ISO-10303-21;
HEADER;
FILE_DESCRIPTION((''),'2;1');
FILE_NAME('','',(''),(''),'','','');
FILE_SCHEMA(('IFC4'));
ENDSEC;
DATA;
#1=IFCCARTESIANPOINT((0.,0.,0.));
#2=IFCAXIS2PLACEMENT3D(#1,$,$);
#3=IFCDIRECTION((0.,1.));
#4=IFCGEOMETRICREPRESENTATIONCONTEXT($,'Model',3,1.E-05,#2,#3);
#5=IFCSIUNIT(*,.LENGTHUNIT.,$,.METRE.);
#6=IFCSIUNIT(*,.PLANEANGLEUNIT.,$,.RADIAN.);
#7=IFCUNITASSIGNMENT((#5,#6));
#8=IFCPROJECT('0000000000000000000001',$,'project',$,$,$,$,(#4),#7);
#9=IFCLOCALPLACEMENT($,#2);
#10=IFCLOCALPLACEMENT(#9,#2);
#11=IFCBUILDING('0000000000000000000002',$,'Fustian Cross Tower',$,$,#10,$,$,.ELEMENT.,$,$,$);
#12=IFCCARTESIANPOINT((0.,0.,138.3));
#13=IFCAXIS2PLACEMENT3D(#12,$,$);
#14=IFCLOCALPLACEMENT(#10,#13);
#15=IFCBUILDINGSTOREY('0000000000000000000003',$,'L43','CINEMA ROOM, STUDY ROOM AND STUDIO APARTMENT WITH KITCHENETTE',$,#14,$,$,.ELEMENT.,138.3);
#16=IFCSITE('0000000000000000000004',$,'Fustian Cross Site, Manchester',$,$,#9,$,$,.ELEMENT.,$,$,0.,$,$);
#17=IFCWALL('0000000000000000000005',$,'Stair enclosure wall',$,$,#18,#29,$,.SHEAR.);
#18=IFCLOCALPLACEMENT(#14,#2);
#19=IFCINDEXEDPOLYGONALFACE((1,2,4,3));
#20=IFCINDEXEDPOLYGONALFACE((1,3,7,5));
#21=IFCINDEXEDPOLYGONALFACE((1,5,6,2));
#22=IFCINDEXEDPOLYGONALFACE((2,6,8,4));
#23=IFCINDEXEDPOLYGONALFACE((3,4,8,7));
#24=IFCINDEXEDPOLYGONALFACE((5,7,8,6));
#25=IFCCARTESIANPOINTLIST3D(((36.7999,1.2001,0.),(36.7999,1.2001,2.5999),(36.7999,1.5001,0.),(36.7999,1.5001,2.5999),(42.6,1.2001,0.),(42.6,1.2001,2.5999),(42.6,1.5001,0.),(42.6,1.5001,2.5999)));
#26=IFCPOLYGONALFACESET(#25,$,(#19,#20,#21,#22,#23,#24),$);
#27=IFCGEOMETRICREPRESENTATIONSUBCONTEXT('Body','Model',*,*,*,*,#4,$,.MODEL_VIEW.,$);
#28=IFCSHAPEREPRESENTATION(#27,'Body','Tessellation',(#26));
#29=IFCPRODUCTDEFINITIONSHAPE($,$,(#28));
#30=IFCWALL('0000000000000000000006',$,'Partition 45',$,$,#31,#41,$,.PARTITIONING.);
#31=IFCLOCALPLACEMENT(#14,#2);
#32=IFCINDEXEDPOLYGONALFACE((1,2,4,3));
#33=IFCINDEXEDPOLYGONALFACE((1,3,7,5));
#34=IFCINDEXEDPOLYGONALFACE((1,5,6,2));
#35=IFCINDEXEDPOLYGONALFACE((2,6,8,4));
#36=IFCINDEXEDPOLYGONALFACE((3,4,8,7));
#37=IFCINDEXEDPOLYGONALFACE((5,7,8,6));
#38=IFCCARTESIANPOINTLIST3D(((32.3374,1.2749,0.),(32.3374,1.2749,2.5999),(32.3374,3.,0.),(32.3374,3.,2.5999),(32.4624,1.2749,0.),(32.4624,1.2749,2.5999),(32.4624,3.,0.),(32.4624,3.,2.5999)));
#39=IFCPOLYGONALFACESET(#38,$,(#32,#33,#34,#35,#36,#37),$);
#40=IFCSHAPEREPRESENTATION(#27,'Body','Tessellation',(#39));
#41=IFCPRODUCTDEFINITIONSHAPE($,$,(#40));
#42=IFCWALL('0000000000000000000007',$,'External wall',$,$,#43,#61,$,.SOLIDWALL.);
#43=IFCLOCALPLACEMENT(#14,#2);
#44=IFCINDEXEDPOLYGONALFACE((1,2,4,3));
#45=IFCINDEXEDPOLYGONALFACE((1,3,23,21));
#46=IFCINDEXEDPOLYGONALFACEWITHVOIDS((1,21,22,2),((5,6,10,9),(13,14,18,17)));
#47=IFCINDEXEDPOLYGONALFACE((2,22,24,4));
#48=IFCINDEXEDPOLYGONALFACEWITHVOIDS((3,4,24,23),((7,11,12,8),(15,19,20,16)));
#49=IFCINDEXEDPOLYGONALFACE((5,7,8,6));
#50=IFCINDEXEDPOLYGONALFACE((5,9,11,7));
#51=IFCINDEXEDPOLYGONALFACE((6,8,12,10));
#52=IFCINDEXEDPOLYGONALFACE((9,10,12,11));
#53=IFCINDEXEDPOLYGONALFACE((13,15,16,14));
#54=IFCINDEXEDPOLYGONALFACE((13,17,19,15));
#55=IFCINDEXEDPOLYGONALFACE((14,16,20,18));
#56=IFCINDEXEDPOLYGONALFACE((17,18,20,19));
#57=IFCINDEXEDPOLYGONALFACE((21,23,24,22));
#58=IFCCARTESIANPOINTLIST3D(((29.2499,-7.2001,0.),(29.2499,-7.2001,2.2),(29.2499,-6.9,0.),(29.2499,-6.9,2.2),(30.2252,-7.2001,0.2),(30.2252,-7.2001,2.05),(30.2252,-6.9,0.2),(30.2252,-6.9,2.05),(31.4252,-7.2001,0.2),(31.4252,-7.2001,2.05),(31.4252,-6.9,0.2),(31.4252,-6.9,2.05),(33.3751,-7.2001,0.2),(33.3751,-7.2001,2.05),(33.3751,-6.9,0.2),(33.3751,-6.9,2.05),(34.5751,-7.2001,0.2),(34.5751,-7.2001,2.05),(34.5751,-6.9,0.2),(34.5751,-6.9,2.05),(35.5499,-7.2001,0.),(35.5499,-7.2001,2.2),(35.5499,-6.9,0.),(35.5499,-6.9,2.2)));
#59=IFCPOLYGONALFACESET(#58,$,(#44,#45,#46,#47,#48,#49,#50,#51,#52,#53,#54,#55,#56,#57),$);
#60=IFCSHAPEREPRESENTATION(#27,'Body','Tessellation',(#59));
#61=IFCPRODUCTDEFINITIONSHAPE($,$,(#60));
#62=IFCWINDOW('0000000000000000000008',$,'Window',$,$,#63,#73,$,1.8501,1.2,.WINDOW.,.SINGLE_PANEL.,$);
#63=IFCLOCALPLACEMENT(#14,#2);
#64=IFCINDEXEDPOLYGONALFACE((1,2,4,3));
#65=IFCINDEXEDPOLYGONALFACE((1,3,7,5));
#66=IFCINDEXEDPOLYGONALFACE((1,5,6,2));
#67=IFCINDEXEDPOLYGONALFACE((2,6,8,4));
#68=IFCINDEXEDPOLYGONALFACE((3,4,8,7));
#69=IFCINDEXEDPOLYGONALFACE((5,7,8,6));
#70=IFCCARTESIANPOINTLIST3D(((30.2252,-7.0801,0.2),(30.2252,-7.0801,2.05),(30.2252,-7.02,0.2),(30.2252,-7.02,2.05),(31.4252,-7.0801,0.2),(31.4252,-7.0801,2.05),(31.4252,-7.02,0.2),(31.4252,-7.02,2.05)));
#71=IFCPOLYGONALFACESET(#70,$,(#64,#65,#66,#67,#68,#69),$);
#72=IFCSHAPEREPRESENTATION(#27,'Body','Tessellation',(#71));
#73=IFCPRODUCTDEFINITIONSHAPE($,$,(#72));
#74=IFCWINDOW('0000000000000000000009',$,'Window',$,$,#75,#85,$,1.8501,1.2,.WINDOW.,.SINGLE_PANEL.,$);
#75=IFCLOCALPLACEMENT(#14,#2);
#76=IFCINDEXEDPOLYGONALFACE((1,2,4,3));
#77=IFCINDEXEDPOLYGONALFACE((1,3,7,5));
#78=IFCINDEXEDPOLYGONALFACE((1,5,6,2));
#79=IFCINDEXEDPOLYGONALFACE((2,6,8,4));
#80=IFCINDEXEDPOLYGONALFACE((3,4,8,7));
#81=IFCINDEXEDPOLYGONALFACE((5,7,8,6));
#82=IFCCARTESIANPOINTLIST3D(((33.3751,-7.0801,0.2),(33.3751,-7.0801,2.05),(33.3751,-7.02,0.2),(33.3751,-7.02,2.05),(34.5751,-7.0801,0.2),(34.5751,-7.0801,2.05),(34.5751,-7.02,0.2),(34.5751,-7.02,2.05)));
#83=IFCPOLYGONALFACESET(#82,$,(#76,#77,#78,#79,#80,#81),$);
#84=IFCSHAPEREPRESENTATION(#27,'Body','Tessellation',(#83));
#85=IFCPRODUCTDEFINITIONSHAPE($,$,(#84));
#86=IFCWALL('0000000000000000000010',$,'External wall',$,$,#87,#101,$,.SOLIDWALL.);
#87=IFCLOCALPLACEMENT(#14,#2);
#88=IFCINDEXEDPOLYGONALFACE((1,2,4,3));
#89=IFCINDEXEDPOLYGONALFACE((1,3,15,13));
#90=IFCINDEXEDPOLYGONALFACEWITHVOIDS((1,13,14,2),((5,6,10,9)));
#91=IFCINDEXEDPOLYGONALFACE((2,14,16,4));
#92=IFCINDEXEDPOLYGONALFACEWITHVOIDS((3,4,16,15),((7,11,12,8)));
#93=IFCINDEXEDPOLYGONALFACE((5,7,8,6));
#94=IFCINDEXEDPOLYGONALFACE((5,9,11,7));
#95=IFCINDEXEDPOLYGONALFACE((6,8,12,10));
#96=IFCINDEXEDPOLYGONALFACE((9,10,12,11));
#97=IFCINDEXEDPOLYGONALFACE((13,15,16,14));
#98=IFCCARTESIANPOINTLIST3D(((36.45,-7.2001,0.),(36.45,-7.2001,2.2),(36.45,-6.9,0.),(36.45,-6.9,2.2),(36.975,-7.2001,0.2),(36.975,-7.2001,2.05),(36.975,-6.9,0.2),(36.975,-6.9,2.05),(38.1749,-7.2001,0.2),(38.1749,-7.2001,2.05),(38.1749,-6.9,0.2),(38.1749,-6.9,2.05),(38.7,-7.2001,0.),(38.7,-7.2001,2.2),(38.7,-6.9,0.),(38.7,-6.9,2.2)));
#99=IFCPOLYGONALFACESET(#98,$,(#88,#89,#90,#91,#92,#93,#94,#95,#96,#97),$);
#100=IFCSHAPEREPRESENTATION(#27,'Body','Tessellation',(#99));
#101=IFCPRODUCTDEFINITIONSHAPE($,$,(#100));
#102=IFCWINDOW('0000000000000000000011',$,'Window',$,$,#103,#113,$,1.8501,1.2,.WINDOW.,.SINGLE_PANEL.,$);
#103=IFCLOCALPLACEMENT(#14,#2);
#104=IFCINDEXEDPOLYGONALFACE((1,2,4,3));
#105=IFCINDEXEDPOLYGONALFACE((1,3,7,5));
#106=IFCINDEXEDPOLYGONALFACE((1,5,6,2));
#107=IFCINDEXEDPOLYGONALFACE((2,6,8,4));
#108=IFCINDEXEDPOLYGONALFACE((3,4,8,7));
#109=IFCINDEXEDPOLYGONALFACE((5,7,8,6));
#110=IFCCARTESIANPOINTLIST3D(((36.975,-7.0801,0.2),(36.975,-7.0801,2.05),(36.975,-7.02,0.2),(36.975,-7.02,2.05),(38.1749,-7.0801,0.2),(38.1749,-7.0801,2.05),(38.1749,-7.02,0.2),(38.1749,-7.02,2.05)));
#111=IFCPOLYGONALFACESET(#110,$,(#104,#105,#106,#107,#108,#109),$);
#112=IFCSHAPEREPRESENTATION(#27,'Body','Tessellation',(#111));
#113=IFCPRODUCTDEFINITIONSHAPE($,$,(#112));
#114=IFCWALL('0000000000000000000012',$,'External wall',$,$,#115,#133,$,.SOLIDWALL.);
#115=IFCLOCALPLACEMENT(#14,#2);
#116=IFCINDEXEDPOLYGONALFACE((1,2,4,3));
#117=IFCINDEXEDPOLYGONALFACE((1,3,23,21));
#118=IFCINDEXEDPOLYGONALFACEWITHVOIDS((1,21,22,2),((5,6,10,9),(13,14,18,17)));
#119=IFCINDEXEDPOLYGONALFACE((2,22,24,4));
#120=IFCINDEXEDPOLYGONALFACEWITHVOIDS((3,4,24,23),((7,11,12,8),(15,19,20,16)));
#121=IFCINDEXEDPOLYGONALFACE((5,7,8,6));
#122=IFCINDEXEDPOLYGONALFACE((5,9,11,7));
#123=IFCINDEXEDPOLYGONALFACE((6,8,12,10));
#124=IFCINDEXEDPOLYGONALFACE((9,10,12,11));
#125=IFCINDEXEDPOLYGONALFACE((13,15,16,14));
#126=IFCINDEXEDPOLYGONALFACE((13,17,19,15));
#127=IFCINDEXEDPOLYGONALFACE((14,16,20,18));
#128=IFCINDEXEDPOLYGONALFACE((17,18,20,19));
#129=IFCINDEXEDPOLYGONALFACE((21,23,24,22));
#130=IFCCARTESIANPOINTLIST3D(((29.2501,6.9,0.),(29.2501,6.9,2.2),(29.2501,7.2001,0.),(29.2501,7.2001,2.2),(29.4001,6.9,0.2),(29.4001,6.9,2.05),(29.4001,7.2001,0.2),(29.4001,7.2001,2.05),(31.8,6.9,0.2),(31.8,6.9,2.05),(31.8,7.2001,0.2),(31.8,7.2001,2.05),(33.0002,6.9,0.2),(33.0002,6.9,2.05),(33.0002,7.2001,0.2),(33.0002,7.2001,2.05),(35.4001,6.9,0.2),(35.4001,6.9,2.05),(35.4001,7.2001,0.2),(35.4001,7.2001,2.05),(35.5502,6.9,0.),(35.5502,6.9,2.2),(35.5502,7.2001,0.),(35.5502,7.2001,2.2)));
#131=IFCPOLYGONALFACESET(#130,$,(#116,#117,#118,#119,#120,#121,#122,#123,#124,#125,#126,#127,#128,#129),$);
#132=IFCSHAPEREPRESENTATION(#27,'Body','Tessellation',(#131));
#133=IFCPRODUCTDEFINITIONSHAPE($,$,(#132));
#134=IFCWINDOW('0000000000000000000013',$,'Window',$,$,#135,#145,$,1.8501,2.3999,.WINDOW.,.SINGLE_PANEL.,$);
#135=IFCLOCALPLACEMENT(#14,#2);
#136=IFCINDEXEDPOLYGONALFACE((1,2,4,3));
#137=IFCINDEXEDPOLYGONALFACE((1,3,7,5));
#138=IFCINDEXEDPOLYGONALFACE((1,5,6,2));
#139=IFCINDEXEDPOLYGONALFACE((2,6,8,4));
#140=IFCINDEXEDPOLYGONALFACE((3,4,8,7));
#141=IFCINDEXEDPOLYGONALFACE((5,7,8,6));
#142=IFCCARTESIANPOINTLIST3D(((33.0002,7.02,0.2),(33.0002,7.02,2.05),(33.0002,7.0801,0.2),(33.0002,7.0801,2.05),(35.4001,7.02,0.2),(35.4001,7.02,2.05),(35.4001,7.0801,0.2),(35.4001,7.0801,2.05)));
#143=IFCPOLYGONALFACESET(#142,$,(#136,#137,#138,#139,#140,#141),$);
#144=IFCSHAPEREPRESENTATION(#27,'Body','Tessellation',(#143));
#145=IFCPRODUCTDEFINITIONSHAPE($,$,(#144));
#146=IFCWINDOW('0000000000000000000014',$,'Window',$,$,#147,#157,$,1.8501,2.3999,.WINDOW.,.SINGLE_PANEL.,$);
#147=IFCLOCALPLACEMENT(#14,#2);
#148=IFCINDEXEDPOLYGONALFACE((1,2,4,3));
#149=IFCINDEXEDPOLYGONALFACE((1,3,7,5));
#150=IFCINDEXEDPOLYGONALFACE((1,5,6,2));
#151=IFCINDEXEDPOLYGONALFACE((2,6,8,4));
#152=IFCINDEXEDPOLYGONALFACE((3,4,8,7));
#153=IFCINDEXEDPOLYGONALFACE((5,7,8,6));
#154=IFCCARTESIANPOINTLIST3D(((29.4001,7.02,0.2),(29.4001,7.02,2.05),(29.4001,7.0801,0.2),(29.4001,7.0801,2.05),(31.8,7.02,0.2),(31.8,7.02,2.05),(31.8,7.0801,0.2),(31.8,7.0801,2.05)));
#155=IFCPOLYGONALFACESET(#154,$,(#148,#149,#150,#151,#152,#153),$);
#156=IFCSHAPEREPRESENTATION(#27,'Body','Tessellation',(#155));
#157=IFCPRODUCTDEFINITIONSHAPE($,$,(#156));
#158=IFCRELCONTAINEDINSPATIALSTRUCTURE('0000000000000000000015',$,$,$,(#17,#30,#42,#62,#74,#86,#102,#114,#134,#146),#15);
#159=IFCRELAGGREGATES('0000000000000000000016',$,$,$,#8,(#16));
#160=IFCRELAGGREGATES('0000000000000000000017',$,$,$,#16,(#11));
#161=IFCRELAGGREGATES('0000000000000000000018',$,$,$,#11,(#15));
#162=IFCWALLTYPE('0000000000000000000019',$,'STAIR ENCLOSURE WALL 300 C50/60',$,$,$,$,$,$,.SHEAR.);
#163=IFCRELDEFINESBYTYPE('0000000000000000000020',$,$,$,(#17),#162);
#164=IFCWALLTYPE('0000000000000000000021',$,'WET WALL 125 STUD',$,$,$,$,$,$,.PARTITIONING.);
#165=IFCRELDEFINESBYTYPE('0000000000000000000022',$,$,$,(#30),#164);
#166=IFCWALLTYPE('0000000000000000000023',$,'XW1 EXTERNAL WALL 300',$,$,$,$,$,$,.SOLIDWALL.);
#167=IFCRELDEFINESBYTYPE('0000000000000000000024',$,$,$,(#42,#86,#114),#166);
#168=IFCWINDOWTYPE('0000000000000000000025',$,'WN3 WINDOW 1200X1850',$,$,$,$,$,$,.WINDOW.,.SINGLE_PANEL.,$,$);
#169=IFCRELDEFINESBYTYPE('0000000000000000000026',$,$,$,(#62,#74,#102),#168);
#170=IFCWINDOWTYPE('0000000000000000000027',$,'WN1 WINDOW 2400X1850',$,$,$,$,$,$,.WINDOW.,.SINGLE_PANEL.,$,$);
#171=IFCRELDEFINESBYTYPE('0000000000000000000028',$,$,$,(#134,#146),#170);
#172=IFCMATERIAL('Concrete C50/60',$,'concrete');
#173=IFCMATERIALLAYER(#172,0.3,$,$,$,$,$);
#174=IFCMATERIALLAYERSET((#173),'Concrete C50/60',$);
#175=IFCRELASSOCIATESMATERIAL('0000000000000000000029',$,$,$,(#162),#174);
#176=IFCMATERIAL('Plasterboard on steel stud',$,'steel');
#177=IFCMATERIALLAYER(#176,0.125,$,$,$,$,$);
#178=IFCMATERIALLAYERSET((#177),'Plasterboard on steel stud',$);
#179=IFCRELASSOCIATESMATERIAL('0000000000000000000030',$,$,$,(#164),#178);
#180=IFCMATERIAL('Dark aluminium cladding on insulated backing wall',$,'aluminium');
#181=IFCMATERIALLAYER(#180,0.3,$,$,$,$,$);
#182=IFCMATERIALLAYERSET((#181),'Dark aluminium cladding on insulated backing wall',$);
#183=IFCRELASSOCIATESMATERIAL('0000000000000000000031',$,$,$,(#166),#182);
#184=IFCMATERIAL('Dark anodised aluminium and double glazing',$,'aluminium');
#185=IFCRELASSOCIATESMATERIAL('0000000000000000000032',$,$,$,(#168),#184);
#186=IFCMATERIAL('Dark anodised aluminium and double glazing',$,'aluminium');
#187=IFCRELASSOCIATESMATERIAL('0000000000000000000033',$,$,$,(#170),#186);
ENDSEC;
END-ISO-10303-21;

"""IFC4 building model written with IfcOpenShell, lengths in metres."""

from ifc_helpers import new_model, si_unit, direction, frame, frame_2d, origin, place, context, subcontext, project, spatial, rectangle, extrude, material, layer, layer_set, type_object, element, fill, save


model = new_model("IFC4")

# Units and contexts
model_context = context("Model", 3, precision=1e-05, world=origin(), true_north=direction((0.0, 1.0)))
body_context = subcontext(model_context, "Body", "Model", "MODEL_VIEW")
ifc_project = project(units=[si_unit("LENGTHUNIT", "METRE"), si_unit("PLANEANGLEUNIT", "RADIAN")], contexts=[model_context])

# Site, building, storey
site_placement = place(None, origin())
site = spatial("IfcSite", under=ifc_project, at=site_placement, Name="Fustian Cross Site, Manchester", CompositionType="ELEMENT", RefElevation=0.0)
building_placement = place(site_placement, origin())
building = spatial("IfcBuilding", under=site, at=building_placement, Name="Fustian Cross Tower", CompositionType="ELEMENT")
storey_placement = place(building_placement, frame((0.0, 0.0, 138.3)))
storey = spatial("IfcBuildingStorey", under=building, at=storey_placement, Name="L43", Description="CINEMA ROOM, STUDY ROOM AND STUDIO APARTMENT WITH KITCHENETTE", CompositionType="ELEMENT", Elevation=138.3)

# Shared definitions
ifc_material_1 = material(Name="Concrete C50/60", Category="concrete")
ifc_layer_1 = layer(ifc_material_1, 0.3)
ifc_layer_set_1 = layer_set([ifc_layer_1], Name="Concrete C50/60")
wall_type_1 = type_object("IfcWallType", Name="STAIR ENCLOSURE WALL 300 C50/60", PredefinedType="SHEAR", material=ifc_layer_set_1)

# Walls
for number, where, z_axis, x_axis, name in (
    (1, (36.8, 1.3501, 0.0), (0.0, 0.0, 1.0), (1.0, 0.0, 0.0), "Stair enclosure wall"),
):
    element("IfcWall", number, at=place(storey_placement, frame(where, z_axis=z_axis, x_axis=x_axis)), inside=storey, type_object=wall_type_1, Name=name, PredefinedType="SHEAR", context=body_context, shape_type="SweptSolid", body=[
        extrude(rectangle(XDim=5.8, YDim=0.3, at=frame_2d((2.8999, 0.0))), origin(), (0.0, 0.0, 1.0), 2.5999),
    ])
ifc_material_2 = material(Name="Plasterboard on steel stud", Category="steel")
ifc_layer_2 = layer(ifc_material_2, 0.125)
ifc_layer_set_2 = layer_set([ifc_layer_2], Name="Plasterboard on steel stud")
wall_type_2 = type_object("IfcWallType", Name="WET WALL 125 STUD", PredefinedType="PARTITIONING", material=ifc_layer_set_2)
wall_1_placement = place(storey_placement, frame((32.3999, 1.2749, 0.0), z_axis=(0.0, 0.0, 1.0), x_axis=(0.0, 1.0, 0.0)))
element("IfcWall", 2, at=wall_1_placement, inside=storey, type_object=wall_type_2, Name="Partition 45", PredefinedType="PARTITIONING", context=body_context, shape_type="SweptSolid", body=[
    extrude(rectangle(XDim=1.7251, YDim=0.125, at=frame_2d((0.8625, 0.0))), origin(), (0.0, 0.0, 1.0), 2.5999),
])

# Wall, openings, windows
ifc_material_3 = material(Name="Dark aluminium cladding on insulated backing wall", Category="aluminium")
ifc_layer_3 = layer(ifc_material_3, 0.3)
ifc_layer_set_3 = layer_set([ifc_layer_3], Name="Dark aluminium cladding on insulated backing wall")
wall_type_3 = type_object("IfcWallType", Name="XW1 EXTERNAL WALL 300", PredefinedType="SOLIDWALL", material=ifc_layer_set_3)
wall_2_placement = place(storey_placement, frame((29.25, -7.05, 0.0), z_axis=(0.0, 0.0, 1.0), x_axis=(1.0, 0.0, 0.0)))
wall_2 = element("IfcWall", 3, at=wall_2_placement, inside=storey, type_object=wall_type_3, Name="External wall", PredefinedType="SOLIDWALL", context=body_context, shape_type="SweptSolid", body=[
    extrude(rectangle(XDim=6.3, YDim=0.3, at=frame_2d((3.1499, 0.0))), origin(), (0.0, 0.0, 1.0), 2.2),
])
opening_1_placement = place(wall_2_placement, frame((0.9751, 0.0, 0.2)))
opening_1 = element("IfcOpeningElement", 4, at=opening_1_placement, cuts=wall_2, PredefinedType="OPENING", context=body_context, shape_type="SweptSolid", body=[
    extrude(rectangle(XDim=1.2, YDim=1.8501, at=frame_2d((0.6001, 0.925))), frame((0.0, 0.1599, 0.0), z_axis=(0.0, -1.0, 0.0), x_axis=(1.0, 0.0, 0.0)), (0.0, 0.0, 1.0), 0.3201),
])
opening_2_placement = place(wall_2_placement, frame((4.125, 0.0, 0.2)))
opening_2 = element("IfcOpeningElement", 5, at=opening_2_placement, cuts=wall_2, PredefinedType="OPENING", context=body_context, shape_type="SweptSolid", body=[
    extrude(rectangle(XDim=1.2, YDim=1.8501, at=frame_2d((0.6001, 0.925))), frame((0.0, 0.1599, 0.0), z_axis=(0.0, -1.0, 0.0), x_axis=(1.0, 0.0, 0.0)), (0.0, 0.0, 1.0), 0.3201),
])
ifc_material_4 = material(Name="Dark anodised aluminium and double glazing", Category="aluminium")
window_type_1 = type_object("IfcWindowType", Name="WN3 WINDOW 1200X1850", PartitioningType="SINGLE_PANEL", PredefinedType="WINDOW", material=ifc_material_4)
window_1_placement = place(opening_1_placement, origin())
window_1 = element("IfcWindow", 6, at=window_1_placement, inside=storey, type_object=window_type_1, Name="Window", OverallHeight=1.8501, OverallWidth=1.2, PartitioningType="SINGLE_PANEL", PredefinedType="WINDOW", context=body_context, shape_type="SweptSolid", body=[
    extrude(rectangle(XDim=1.2, YDim=1.8501, at=frame_2d((0.6001, 0.925))), frame((0.0, 0.03, 0.0), z_axis=(0.0, -1.0, 0.0), x_axis=(1.0, 0.0, 0.0)), (0.0, 0.0, 1.0), 0.0601),
])
fill(opening_1, window_1)
window_2_placement = place(opening_2_placement, origin())
window_2 = element("IfcWindow", 7, at=window_2_placement, inside=storey, type_object=window_type_1, Name="Window", OverallHeight=1.8501, OverallWidth=1.2, PartitioningType="SINGLE_PANEL", PredefinedType="WINDOW", context=body_context, shape_type="SweptSolid", body=[
    extrude(rectangle(XDim=1.2, YDim=1.8501, at=frame_2d((0.6001, 0.925))), frame((0.0, 0.03, 0.0), z_axis=(0.0, -1.0, 0.0), x_axis=(1.0, 0.0, 0.0)), (0.0, 0.0, 1.0), 0.0601),
])
fill(opening_2, window_2)

# Wall, opening, window
wall_3_placement = place(storey_placement, frame((36.45, -7.05, 0.0), z_axis=(0.0, 0.0, 1.0), x_axis=(1.0, 0.0, 0.0)))
wall_3 = element("IfcWall", 8, at=wall_3_placement, inside=storey, type_object=wall_type_3, Name="External wall", PredefinedType="SOLIDWALL", context=body_context, shape_type="SweptSolid", body=[
    extrude(rectangle(XDim=2.25, YDim=0.3, at=frame_2d((1.125, 0.0))), origin(), (0.0, 0.0, 1.0), 2.2),
])
opening_3_placement = place(wall_3_placement, frame((0.5249, 0.0, 0.2)))
opening_3 = element("IfcOpeningElement", 9, at=opening_3_placement, cuts=wall_3, PredefinedType="OPENING", context=body_context, shape_type="SweptSolid", body=[
    extrude(rectangle(XDim=1.2, YDim=1.8501, at=frame_2d((0.6001, 0.925))), frame((0.0, 0.1599, 0.0), z_axis=(0.0, -1.0, 0.0), x_axis=(1.0, 0.0, 0.0)), (0.0, 0.0, 1.0), 0.3201),
])
window_3_placement = place(opening_3_placement, origin())
window_3 = element("IfcWindow", 10, at=window_3_placement, inside=storey, type_object=window_type_1, Name="Window", OverallHeight=1.8501, OverallWidth=1.2, PartitioningType="SINGLE_PANEL", PredefinedType="WINDOW", context=body_context, shape_type="SweptSolid", body=[
    extrude(rectangle(XDim=1.2, YDim=1.8501, at=frame_2d((0.6001, 0.925))), frame((0.0, 0.03, 0.0), z_axis=(0.0, -1.0, 0.0), x_axis=(1.0, 0.0, 0.0)), (0.0, 0.0, 1.0), 0.0601),
])
fill(opening_3, window_3)

# Wall, openings, windows
wall_4_placement = place(storey_placement, frame((35.55, 7.05, 0.0), z_axis=(0.0, 0.0, 1.0), x_axis=(-1.0, 0.0, 0.0)))
wall_4 = element("IfcWall", 11, at=wall_4_placement, inside=storey, type_object=wall_type_3, Name="External wall", PredefinedType="SOLIDWALL", context=body_context, shape_type="SweptSolid", body=[
    extrude(rectangle(XDim=6.3, YDim=0.3, at=frame_2d((3.1499, 0.0))), origin(), (0.0, 0.0, 1.0), 2.2),
])
opening_4_placement = place(wall_4_placement, frame((0.1499, 0.0, 0.2)))
opening_4 = element("IfcOpeningElement", 12, at=opening_4_placement, cuts=wall_4, PredefinedType="OPENING", context=body_context, shape_type="SweptSolid", body=[
    extrude(rectangle(XDim=2.3999, YDim=1.8501, at=frame_2d((1.2, 0.925))), frame((0.0, 0.1599, 0.0), z_axis=(0.0, -1.0, 0.0), x_axis=(1.0, 0.0, 0.0)), (0.0, 0.0, 1.0), 0.3201),
])
opening_5_placement = place(wall_4_placement, frame((3.75, 0.0, 0.2)))
opening_5 = element("IfcOpeningElement", 13, at=opening_5_placement, cuts=wall_4, PredefinedType="OPENING", context=body_context, shape_type="SweptSolid", body=[
    extrude(rectangle(XDim=2.3999, YDim=1.8501, at=frame_2d((1.2, 0.925))), frame((0.0, 0.1599, 0.0), z_axis=(0.0, -1.0, 0.0), x_axis=(1.0, 0.0, 0.0)), (0.0, 0.0, 1.0), 0.3201),
])
ifc_material_5 = material(Name="Dark anodised aluminium and double glazing", Category="aluminium")
window_type_2 = type_object("IfcWindowType", Name="WN1 WINDOW 2400X1850", PartitioningType="SINGLE_PANEL", PredefinedType="WINDOW", material=ifc_material_5)
window_4_placement = place(opening_4_placement, origin())
window_4 = element("IfcWindow", 14, at=window_4_placement, inside=storey, type_object=window_type_2, Name="Window", OverallHeight=1.8501, OverallWidth=2.3999, PartitioningType="SINGLE_PANEL", PredefinedType="WINDOW", context=body_context, shape_type="SweptSolid", body=[
    extrude(rectangle(XDim=2.3999, YDim=1.8501, at=frame_2d((1.2, 0.925))), frame((0.0, 0.03, 0.0), z_axis=(0.0, -1.0, 0.0), x_axis=(1.0, 0.0, 0.0)), (0.0, 0.0, 1.0), 0.0601),
])
fill(opening_4, window_4)
window_5_placement = place(opening_5_placement, origin())
window_5 = element("IfcWindow", 15, at=window_5_placement, inside=storey, type_object=window_type_2, Name="Window", OverallHeight=1.8501, OverallWidth=2.3999, PartitioningType="SINGLE_PANEL", PredefinedType="WINDOW", context=body_context, shape_type="SweptSolid", body=[
    extrude(rectangle(XDim=2.3999, YDim=1.8501, at=frame_2d((1.2, 0.925))), frame((0.0, 0.03, 0.0), z_axis=(0.0, -1.0, 0.0), x_axis=(1.0, 0.0, 0.0)), (0.0, 0.0, 1.0), 0.0601),
])
fill(opening_5, window_5)

save(model, "model.ifc")
